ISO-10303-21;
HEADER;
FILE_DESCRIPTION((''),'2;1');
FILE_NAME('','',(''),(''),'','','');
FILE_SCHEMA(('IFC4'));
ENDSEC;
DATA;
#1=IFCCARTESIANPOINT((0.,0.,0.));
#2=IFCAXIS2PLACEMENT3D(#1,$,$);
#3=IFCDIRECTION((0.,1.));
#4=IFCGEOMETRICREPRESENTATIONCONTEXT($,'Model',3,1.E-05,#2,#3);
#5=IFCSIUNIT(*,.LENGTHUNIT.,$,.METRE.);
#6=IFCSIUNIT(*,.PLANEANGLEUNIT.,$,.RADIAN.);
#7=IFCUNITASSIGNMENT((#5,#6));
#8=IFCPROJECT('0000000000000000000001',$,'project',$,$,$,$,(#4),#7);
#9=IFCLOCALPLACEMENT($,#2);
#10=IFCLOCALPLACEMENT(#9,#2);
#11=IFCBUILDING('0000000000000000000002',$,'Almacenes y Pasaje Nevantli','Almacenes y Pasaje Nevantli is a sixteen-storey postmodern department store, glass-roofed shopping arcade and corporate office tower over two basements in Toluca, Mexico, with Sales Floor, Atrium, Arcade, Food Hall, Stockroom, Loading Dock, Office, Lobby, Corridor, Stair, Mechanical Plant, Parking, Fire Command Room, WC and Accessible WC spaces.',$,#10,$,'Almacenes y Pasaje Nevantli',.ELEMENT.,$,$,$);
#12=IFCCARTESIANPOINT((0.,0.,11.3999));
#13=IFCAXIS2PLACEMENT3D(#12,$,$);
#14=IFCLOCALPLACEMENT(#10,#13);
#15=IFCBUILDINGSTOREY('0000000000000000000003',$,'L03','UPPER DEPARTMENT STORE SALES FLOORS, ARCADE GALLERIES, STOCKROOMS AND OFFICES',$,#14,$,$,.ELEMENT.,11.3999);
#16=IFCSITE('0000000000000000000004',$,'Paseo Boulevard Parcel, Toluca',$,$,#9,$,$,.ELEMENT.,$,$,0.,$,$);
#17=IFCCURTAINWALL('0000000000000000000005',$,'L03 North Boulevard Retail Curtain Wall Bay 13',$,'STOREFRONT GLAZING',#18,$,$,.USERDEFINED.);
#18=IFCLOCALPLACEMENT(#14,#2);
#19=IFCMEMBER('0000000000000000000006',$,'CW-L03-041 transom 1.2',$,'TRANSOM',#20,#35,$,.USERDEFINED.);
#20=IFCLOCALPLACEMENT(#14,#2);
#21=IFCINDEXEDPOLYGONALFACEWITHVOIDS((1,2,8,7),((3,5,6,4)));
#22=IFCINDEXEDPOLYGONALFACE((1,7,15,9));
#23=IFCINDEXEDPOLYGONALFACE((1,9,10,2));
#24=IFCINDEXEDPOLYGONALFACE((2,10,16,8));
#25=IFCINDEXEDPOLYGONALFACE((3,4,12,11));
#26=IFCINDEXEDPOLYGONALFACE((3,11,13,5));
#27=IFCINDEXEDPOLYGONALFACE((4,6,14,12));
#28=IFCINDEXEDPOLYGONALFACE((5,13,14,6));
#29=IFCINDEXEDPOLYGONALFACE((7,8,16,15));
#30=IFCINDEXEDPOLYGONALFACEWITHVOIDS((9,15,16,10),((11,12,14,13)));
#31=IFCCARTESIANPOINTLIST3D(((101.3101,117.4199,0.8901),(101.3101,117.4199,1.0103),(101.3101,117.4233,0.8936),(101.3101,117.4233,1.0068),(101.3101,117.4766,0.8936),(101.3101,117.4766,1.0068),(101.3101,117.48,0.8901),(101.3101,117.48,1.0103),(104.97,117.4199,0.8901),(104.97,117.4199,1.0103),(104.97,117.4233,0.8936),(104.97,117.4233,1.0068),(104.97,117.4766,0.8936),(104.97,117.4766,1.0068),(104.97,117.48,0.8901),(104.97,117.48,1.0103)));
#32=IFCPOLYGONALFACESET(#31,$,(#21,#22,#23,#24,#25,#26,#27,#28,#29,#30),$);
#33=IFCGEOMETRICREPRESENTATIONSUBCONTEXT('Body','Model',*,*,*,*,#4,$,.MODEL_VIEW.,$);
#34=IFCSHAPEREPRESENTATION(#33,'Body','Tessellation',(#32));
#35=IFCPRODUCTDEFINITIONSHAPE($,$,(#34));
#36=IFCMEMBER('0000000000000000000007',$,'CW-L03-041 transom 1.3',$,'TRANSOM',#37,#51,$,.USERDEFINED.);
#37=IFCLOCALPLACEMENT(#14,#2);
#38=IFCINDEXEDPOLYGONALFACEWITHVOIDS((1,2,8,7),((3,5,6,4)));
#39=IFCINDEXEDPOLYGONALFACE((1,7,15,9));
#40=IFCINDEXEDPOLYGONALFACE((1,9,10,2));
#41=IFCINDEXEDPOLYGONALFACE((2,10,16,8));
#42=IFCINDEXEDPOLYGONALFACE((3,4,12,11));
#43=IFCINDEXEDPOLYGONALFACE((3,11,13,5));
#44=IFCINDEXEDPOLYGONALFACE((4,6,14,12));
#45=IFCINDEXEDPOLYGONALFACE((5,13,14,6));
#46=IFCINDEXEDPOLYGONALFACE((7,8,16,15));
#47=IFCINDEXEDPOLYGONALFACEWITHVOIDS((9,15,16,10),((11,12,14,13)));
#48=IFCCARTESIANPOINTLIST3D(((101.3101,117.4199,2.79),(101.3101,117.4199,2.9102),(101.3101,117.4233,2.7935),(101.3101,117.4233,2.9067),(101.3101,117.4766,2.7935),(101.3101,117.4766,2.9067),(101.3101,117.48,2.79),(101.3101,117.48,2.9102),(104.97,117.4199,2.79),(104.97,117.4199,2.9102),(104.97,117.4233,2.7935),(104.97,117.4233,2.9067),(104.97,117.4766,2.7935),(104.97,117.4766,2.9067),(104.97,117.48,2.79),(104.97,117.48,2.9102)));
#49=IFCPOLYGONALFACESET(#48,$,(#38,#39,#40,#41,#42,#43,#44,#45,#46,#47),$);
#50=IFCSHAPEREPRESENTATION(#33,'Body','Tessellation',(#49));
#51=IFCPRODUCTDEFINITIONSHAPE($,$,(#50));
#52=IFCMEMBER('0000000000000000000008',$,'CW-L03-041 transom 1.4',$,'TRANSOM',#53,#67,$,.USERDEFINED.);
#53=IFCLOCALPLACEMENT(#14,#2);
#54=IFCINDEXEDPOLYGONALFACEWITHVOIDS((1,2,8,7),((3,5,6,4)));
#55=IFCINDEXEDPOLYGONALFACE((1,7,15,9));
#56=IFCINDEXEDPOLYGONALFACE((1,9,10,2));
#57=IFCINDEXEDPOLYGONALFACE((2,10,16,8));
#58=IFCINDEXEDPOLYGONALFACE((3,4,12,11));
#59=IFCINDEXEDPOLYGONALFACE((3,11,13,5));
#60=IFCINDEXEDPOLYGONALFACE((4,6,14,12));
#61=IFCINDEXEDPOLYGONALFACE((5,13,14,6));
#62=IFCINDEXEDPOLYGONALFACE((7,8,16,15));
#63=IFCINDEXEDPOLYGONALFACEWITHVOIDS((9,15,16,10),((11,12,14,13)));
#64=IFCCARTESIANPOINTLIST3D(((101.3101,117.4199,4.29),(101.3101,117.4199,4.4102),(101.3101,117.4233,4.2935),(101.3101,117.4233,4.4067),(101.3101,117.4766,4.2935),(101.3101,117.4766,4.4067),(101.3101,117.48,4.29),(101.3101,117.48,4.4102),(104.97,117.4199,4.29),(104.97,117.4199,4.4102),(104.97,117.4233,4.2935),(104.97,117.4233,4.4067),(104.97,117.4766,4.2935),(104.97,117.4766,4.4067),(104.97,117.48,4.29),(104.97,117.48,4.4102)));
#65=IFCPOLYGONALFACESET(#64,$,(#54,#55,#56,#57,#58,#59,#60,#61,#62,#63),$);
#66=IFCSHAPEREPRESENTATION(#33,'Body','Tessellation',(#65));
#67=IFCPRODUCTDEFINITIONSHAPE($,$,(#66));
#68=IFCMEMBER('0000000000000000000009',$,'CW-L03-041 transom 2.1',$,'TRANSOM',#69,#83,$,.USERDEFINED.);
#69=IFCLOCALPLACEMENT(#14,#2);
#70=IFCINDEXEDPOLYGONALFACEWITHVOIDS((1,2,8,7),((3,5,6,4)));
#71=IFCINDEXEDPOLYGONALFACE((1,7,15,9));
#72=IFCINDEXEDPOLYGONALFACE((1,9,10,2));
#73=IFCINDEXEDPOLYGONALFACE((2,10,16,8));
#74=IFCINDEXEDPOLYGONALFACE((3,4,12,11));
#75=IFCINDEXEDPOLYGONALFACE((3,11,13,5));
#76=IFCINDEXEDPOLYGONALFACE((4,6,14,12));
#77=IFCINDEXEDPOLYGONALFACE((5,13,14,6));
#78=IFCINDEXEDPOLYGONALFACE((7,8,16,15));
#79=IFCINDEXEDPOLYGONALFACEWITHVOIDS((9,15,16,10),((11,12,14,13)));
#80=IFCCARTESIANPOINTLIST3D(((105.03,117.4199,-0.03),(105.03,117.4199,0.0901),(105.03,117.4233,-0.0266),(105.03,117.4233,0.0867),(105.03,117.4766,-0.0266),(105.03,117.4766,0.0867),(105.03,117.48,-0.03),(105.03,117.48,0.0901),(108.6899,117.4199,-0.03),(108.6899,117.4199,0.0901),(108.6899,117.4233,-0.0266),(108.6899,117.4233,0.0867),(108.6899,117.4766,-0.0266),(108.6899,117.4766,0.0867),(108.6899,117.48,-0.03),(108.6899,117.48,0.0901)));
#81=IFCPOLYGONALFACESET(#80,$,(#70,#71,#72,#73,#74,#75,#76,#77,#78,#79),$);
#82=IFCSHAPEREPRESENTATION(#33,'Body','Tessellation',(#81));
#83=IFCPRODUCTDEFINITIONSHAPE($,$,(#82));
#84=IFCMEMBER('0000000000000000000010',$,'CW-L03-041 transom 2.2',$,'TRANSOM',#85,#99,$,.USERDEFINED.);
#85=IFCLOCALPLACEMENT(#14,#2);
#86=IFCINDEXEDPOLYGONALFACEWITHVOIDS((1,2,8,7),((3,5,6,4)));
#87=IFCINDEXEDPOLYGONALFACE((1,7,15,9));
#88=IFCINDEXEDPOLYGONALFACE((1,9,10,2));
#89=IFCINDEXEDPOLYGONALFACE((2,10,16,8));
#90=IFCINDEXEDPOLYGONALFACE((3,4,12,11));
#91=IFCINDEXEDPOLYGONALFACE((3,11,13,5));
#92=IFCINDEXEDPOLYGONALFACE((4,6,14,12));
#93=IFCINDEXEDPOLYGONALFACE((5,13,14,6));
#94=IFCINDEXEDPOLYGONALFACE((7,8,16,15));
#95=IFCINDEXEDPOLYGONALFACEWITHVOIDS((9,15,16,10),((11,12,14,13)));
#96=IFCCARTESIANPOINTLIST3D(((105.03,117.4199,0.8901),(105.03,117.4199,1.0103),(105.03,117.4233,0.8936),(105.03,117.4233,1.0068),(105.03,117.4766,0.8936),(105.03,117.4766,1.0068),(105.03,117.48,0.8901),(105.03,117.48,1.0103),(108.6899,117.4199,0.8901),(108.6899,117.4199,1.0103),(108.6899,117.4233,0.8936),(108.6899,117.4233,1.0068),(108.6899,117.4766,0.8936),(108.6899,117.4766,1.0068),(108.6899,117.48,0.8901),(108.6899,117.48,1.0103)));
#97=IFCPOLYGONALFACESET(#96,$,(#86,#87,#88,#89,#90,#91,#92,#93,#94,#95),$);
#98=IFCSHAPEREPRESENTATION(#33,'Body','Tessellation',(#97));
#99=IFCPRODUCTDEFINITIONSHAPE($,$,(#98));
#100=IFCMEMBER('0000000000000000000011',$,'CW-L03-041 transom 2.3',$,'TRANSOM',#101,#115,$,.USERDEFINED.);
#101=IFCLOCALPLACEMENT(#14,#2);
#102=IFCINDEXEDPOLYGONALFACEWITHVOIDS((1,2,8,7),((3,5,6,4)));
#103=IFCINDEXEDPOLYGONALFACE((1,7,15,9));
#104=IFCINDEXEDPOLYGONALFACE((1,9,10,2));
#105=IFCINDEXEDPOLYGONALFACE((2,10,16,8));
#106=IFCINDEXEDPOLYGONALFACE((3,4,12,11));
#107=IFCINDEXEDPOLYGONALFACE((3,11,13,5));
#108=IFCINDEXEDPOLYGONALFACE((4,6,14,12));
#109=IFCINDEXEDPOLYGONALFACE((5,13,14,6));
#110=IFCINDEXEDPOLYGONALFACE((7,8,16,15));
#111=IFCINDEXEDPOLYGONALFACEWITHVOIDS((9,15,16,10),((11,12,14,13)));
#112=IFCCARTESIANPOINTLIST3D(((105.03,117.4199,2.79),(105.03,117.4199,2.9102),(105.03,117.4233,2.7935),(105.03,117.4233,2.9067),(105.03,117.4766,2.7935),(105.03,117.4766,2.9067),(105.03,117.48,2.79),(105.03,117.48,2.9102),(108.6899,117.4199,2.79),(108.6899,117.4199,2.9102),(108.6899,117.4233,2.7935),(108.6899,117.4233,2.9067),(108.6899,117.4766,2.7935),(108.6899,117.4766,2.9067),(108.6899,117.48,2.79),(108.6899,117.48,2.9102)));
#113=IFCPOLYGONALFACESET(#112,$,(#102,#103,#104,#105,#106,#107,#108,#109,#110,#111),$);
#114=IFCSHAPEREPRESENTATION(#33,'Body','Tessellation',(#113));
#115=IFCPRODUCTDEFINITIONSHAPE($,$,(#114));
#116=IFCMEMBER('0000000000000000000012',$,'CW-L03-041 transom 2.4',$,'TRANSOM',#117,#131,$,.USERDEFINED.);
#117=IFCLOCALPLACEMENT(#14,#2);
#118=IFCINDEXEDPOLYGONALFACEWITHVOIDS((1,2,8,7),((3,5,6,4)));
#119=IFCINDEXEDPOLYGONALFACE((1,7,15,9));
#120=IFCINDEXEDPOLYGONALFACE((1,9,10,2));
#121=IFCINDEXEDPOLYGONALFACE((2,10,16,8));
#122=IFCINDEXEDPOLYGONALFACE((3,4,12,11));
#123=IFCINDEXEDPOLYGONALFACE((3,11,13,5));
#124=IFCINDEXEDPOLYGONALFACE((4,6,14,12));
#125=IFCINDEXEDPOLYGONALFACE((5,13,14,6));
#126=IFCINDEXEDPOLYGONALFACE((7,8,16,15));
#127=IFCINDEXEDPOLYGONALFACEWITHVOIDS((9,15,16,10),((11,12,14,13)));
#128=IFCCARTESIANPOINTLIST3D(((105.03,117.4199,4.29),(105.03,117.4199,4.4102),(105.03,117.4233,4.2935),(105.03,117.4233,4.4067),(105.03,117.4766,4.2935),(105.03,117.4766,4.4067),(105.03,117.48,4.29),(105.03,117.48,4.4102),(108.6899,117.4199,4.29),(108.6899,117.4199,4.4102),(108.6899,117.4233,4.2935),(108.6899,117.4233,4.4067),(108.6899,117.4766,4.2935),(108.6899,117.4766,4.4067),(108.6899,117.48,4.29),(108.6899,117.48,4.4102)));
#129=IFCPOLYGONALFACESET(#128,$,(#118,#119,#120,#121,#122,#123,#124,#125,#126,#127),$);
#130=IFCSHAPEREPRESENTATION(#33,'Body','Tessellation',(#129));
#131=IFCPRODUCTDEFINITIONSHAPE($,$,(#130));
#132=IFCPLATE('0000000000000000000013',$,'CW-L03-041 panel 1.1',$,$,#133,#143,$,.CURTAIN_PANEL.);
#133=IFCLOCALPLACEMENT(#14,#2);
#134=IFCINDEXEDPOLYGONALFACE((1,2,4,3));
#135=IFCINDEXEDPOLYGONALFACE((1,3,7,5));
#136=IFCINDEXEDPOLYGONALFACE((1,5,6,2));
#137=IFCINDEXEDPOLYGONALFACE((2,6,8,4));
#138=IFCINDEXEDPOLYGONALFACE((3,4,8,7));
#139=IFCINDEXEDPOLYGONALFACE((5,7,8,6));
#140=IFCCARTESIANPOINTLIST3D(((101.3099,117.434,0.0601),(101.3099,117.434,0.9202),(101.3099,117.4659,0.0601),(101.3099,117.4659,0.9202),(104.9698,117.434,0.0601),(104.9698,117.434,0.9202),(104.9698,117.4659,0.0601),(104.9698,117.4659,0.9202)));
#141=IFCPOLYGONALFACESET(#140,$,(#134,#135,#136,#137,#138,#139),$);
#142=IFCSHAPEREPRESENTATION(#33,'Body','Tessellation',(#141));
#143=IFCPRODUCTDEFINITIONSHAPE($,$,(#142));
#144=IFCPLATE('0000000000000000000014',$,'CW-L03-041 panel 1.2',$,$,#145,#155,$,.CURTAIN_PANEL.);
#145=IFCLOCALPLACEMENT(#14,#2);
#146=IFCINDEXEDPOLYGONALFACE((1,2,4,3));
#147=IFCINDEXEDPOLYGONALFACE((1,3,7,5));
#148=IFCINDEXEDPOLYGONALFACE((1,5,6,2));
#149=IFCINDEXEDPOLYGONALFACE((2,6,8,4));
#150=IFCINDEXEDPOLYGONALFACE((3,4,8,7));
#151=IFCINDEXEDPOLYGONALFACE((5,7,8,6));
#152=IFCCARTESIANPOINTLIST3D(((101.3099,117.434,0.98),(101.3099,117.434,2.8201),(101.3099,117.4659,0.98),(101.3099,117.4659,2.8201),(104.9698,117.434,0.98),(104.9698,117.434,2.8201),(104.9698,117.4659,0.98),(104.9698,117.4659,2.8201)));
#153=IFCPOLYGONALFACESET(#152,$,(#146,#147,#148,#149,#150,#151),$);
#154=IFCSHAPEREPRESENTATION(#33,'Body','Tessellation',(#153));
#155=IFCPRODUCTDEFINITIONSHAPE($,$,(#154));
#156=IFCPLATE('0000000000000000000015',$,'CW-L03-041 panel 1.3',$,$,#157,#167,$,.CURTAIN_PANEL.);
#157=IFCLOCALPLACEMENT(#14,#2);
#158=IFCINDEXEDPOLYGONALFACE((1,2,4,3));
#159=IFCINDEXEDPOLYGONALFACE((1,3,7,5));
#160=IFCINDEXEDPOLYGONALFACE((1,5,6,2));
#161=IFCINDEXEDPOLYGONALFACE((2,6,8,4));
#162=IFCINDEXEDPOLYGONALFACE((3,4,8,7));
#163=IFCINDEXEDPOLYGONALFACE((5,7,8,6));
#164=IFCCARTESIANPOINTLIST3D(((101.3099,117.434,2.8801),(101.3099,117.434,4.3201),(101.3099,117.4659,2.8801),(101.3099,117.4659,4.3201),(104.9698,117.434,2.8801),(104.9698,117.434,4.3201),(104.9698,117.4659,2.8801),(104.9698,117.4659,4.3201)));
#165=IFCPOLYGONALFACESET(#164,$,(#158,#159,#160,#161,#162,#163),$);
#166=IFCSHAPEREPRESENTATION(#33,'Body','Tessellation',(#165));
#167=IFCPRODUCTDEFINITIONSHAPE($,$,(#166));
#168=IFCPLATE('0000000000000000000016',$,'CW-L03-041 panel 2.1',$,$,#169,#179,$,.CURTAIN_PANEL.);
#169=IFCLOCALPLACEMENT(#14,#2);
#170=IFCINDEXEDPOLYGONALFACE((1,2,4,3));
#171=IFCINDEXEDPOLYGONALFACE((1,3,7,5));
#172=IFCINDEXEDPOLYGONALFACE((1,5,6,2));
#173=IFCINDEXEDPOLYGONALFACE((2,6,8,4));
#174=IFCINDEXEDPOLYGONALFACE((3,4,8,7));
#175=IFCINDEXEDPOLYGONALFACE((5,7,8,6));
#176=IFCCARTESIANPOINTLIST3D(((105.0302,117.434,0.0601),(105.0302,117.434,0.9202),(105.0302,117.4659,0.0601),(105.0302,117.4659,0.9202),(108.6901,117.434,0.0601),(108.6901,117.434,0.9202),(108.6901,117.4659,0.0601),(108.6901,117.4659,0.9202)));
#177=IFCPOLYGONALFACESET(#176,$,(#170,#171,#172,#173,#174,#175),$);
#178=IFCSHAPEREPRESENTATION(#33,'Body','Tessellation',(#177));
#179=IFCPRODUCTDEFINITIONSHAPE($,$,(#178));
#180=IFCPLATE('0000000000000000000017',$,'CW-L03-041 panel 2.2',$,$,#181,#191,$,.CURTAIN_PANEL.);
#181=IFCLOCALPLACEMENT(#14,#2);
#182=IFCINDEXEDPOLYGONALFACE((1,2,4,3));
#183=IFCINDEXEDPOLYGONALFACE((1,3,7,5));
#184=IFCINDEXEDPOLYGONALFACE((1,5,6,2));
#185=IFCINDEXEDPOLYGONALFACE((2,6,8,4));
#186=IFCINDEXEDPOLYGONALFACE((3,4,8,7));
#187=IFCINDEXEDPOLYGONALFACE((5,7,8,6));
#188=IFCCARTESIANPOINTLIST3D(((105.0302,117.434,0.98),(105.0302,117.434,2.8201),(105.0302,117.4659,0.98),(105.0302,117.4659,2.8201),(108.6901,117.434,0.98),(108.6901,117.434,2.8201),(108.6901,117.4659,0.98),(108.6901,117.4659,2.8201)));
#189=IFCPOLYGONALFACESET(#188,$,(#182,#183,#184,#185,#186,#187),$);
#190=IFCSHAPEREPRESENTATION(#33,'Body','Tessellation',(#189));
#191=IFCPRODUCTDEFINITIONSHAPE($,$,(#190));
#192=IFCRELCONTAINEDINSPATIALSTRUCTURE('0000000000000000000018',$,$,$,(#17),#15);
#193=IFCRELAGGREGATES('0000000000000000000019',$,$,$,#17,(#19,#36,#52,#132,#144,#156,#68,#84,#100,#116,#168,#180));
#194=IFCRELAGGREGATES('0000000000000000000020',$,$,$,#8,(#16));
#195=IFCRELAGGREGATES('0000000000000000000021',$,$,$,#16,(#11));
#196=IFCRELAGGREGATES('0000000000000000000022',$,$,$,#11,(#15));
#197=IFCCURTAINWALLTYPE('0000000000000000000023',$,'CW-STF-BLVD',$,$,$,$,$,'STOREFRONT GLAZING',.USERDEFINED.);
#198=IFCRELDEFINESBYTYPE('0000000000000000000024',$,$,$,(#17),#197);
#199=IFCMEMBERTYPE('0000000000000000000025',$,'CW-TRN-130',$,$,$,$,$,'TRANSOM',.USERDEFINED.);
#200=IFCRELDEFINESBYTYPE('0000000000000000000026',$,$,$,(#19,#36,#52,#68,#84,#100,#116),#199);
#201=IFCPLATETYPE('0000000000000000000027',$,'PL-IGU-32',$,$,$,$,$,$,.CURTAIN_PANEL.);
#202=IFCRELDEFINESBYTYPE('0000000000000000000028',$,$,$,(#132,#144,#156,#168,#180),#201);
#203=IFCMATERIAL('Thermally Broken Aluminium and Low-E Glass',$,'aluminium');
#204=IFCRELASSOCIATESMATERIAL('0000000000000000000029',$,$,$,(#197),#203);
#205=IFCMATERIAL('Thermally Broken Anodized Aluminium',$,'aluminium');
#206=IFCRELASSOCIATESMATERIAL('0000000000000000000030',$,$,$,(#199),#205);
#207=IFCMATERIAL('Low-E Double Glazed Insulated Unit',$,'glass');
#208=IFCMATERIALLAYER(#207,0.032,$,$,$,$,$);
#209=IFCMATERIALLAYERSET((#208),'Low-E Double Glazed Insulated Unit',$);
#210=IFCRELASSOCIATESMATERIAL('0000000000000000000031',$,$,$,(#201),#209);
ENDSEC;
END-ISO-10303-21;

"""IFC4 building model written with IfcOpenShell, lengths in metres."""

from ifc_helpers import new_model, si_unit, direction, frame, origin, origin_2d, place, context, subcontext, project, spatial, rectangle, hollow_rectangle, extrude, material, layer, layer_set, material_profile, profile_set, type_object, element, aggregate, save


model = new_model("IFC4")

# Units and contexts
model_context = context("Model", 3, precision=1e-05, world=origin(), true_north=direction((0.0, 1.0)))
body_context = subcontext(model_context, "Body", "Model", "MODEL_VIEW")
ifc_project = project(units=[si_unit("LENGTHUNIT", "METRE"), si_unit("PLANEANGLEUNIT", "RADIAN")], contexts=[model_context])

# Site, building, storey
site_placement = place(None, origin())
site = spatial("IfcSite", under=ifc_project, at=site_placement, Name="Paseo Boulevard Parcel, Toluca", CompositionType="ELEMENT", RefElevation=0.0)
building_placement = place(site_placement, origin())
building = spatial("IfcBuilding", under=site, at=building_placement, Name="Almacenes y Pasaje Nevantli", Description="Almacenes y Pasaje Nevantli is a sixteen-storey postmodern department store, glass-roofed shopping arcade and corporate office tower over two basements in Toluca, Mexico, with Sales Floor, Atrium, Arcade, Food Hall, Stockroom, Loading Dock, Office, Lobby, Corridor, Stair, Mechanical Plant, Parking, Fire Command Room, WC and Accessible WC spaces.", LongName="Almacenes y Pasaje Nevantli", CompositionType="ELEMENT")
storey_placement = place(building_placement, frame((0.0, 0.0, 11.3999)))
storey = spatial("IfcBuildingStorey", under=building, at=storey_placement, Name="L03", Description="UPPER DEPARTMENT STORE SALES FLOORS, ARCADE GALLERIES, STOCKROOMS AND OFFICES", CompositionType="ELEMENT", Elevation=11.3999)

# Curtain wall, members, plates
ifc_material_1 = material(Name="Thermally Broken Aluminium and Low-E Glass", Category="aluminium")
curtain_wall_type = type_object("IfcCurtainWallType", Name="CW-STF-BLVD", ElementType="STOREFRONT GLAZING", PredefinedType="USERDEFINED", material=ifc_material_1)
curtain_wall_placement = place(storey_placement, origin())
curtain_wall = element("IfcCurtainWall", 1, at=curtain_wall_placement, inside=storey, type_object=curtain_wall_type, Name="L03 North Boulevard Retail Curtain Wall Bay 13", ObjectType="STOREFRONT GLAZING", PredefinedType="USERDEFINED")
ifc_material_2 = material(Name="Thermally Broken Anodized Aluminium", Category="aluminium")
ifc_material_profile_1 = material_profile(ifc_material_2, hollow_rectangle(XDim=0.0601, YDim=0.1201, WallThickness=0.0034, at=origin_2d()), Name="ALU-TRN-60x120")
ifc_profile_set_1 = profile_set([ifc_material_profile_1], Name="Thermally Broken Anodized Aluminium")
member_type_1 = type_object("IfcMemberType", Name="CW-TRN-130", ElementType="TRANSOM", PredefinedType="USERDEFINED", material=ifc_profile_set_1)
member_1_placement = place(storey_placement, frame((101.3101, 117.45, 0.9502), z_axis=(1.0, 0.0, 0.0), x_axis=(0.0, 1.0, 0.0)))
member_1 = element("IfcMember", 2, at=member_1_placement, type_object=member_type_1, Name="CW-L03-041 transom 1.2", ObjectType="TRANSOM", PredefinedType="USERDEFINED", context=body_context, shape_type="SweptSolid", body=[
    extrude(hollow_rectangle(XDim=0.0601, YDim=0.1201, WallThickness=0.0034, at=origin_2d()), origin(), (0.0, 0.0, 1.0), 3.6599),
])
member_2_placement = place(storey_placement, frame((101.3101, 117.45, 2.8501), z_axis=(1.0, 0.0, 0.0), x_axis=(0.0, 1.0, 0.0)))
member_2 = element("IfcMember", 3, at=member_2_placement, type_object=member_type_1, Name="CW-L03-041 transom 1.3", ObjectType="TRANSOM", PredefinedType="USERDEFINED", context=body_context, shape_type="SweptSolid", body=[
    extrude(hollow_rectangle(XDim=0.0601, YDim=0.1201, WallThickness=0.0034, at=origin_2d()), origin(), (0.0, 0.0, 1.0), 3.6599),
])
member_3_placement = place(storey_placement, frame((101.3101, 117.45, 4.3501), z_axis=(1.0, 0.0, 0.0), x_axis=(0.0, 1.0, 0.0)))
member_3 = element("IfcMember", 4, at=member_3_placement, type_object=member_type_1, Name="CW-L03-041 transom 1.4", ObjectType="TRANSOM", PredefinedType="USERDEFINED", context=body_context, shape_type="SweptSolid", body=[
    extrude(hollow_rectangle(XDim=0.0601, YDim=0.1201, WallThickness=0.0034, at=origin_2d()), origin(), (0.0, 0.0, 1.0), 3.6599),
])
member_4_placement = place(storey_placement, frame((105.03, 117.45, 0.03), z_axis=(1.0, 0.0, 0.0), x_axis=(0.0, 1.0, 0.0)))
member_4 = element("IfcMember", 5, at=member_4_placement, type_object=member_type_1, Name="CW-L03-041 transom 2.1", ObjectType="TRANSOM", PredefinedType="USERDEFINED", context=body_context, shape_type="SweptSolid", body=[
    extrude(hollow_rectangle(XDim=0.0601, YDim=0.1201, WallThickness=0.0034, at=origin_2d()), origin(), (0.0, 0.0, 1.0), 3.6599),
])
member_5_placement = place(storey_placement, frame((105.03, 117.45, 0.9502), z_axis=(1.0, 0.0, 0.0), x_axis=(0.0, 1.0, 0.0)))
member_5 = element("IfcMember", 6, at=member_5_placement, type_object=member_type_1, Name="CW-L03-041 transom 2.2", ObjectType="TRANSOM", PredefinedType="USERDEFINED", context=body_context, shape_type="SweptSolid", body=[
    extrude(hollow_rectangle(XDim=0.0601, YDim=0.1201, WallThickness=0.0034, at=origin_2d()), origin(), (0.0, 0.0, 1.0), 3.6599),
])
member_6_placement = place(storey_placement, frame((105.03, 117.45, 2.8501), z_axis=(1.0, 0.0, 0.0), x_axis=(0.0, 1.0, 0.0)))
member_6 = element("IfcMember", 7, at=member_6_placement, type_object=member_type_1, Name="CW-L03-041 transom 2.3", ObjectType="TRANSOM", PredefinedType="USERDEFINED", context=body_context, shape_type="SweptSolid", body=[
    extrude(hollow_rectangle(XDim=0.0601, YDim=0.1201, WallThickness=0.0034, at=origin_2d()), origin(), (0.0, 0.0, 1.0), 3.6599),
])
member_7_placement = place(storey_placement, frame((105.03, 117.45, 4.3501), z_axis=(1.0, 0.0, 0.0), x_axis=(0.0, 1.0, 0.0)))
member_7 = element("IfcMember", 8, at=member_7_placement, type_object=member_type_1, Name="CW-L03-041 transom 2.4", ObjectType="TRANSOM", PredefinedType="USERDEFINED", context=body_context, shape_type="SweptSolid", body=[
    extrude(hollow_rectangle(XDim=0.0601, YDim=0.1201, WallThickness=0.0034, at=origin_2d()), origin(), (0.0, 0.0, 1.0), 3.6599),
])
ifc_material_3 = material(Name="Low-E Double Glazed Insulated Unit", Category="glass")
ifc_layer_1 = layer(ifc_material_3, 0.032)
ifc_layer_set_1 = layer_set([ifc_layer_1], Name="Low-E Double Glazed Insulated Unit")
plate_type = type_object("IfcPlateType", Name="PL-IGU-32", PredefinedType="CURTAIN_PANEL", material=ifc_layer_set_1)
plate_1_placement = place(storey_placement, frame((103.1399, 117.45, 0.0601), z_axis=(0.0, 0.0, 1.0), x_axis=(1.0, 0.0, 0.0)))
plate_1 = element("IfcPlate", 9, at=plate_1_placement, type_object=plate_type, Name="CW-L03-041 panel 1.1", PredefinedType="CURTAIN_PANEL", context=body_context, shape_type="SweptSolid", body=[
    extrude(rectangle(XDim=3.6599, YDim=0.032, at=origin_2d()), origin(), (0.0, 0.0, 1.0), 0.8601),
])
plate_2_placement = place(storey_placement, frame((103.1399, 117.45, 0.98), z_axis=(0.0, 0.0, 1.0), x_axis=(1.0, 0.0, 0.0)))
plate_2 = element("IfcPlate", 10, at=plate_2_placement, type_object=plate_type, Name="CW-L03-041 panel 1.2", PredefinedType="CURTAIN_PANEL", context=body_context, shape_type="SweptSolid", body=[
    extrude(rectangle(XDim=3.6599, YDim=0.032, at=origin_2d()), origin(), (0.0, 0.0, 1.0), 1.8401),
])
plate_3_placement = place(storey_placement, frame((103.1399, 117.45, 2.8801), z_axis=(0.0, 0.0, 1.0), x_axis=(1.0, 0.0, 0.0)))
plate_3 = element("IfcPlate", 11, at=plate_3_placement, type_object=plate_type, Name="CW-L03-041 panel 1.3", PredefinedType="CURTAIN_PANEL", context=body_context, shape_type="SweptSolid", body=[
    extrude(rectangle(XDim=3.6599, YDim=0.032, at=origin_2d()), origin(), (0.0, 0.0, 1.0), 1.4399),
])
plate_4_placement = place(storey_placement, frame((106.8601, 117.45, 0.0601), z_axis=(0.0, 0.0, 1.0), x_axis=(1.0, 0.0, 0.0)))
plate_4 = element("IfcPlate", 12, at=plate_4_placement, type_object=plate_type, Name="CW-L03-041 panel 2.1", PredefinedType="CURTAIN_PANEL", context=body_context, shape_type="SweptSolid", body=[
    extrude(rectangle(XDim=3.6599, YDim=0.032, at=origin_2d()), origin(), (0.0, 0.0, 1.0), 0.8601),
])
plate_5_placement = place(storey_placement, frame((106.8601, 117.45, 0.98), z_axis=(0.0, 0.0, 1.0), x_axis=(1.0, 0.0, 0.0)))
plate_5 = element("IfcPlate", 13, at=plate_5_placement, type_object=plate_type, Name="CW-L03-041 panel 2.2", PredefinedType="CURTAIN_PANEL", context=body_context, shape_type="SweptSolid", body=[
    extrude(rectangle(XDim=3.6599, YDim=0.032, at=origin_2d()), origin(), (0.0, 0.0, 1.0), 1.8401),
])
aggregate(curtain_wall, [member_1, member_2, member_3, plate_1, plate_2, plate_3, member_4, member_5, member_6, member_7, plate_4, plate_5])

save(model, "model.ifc")
